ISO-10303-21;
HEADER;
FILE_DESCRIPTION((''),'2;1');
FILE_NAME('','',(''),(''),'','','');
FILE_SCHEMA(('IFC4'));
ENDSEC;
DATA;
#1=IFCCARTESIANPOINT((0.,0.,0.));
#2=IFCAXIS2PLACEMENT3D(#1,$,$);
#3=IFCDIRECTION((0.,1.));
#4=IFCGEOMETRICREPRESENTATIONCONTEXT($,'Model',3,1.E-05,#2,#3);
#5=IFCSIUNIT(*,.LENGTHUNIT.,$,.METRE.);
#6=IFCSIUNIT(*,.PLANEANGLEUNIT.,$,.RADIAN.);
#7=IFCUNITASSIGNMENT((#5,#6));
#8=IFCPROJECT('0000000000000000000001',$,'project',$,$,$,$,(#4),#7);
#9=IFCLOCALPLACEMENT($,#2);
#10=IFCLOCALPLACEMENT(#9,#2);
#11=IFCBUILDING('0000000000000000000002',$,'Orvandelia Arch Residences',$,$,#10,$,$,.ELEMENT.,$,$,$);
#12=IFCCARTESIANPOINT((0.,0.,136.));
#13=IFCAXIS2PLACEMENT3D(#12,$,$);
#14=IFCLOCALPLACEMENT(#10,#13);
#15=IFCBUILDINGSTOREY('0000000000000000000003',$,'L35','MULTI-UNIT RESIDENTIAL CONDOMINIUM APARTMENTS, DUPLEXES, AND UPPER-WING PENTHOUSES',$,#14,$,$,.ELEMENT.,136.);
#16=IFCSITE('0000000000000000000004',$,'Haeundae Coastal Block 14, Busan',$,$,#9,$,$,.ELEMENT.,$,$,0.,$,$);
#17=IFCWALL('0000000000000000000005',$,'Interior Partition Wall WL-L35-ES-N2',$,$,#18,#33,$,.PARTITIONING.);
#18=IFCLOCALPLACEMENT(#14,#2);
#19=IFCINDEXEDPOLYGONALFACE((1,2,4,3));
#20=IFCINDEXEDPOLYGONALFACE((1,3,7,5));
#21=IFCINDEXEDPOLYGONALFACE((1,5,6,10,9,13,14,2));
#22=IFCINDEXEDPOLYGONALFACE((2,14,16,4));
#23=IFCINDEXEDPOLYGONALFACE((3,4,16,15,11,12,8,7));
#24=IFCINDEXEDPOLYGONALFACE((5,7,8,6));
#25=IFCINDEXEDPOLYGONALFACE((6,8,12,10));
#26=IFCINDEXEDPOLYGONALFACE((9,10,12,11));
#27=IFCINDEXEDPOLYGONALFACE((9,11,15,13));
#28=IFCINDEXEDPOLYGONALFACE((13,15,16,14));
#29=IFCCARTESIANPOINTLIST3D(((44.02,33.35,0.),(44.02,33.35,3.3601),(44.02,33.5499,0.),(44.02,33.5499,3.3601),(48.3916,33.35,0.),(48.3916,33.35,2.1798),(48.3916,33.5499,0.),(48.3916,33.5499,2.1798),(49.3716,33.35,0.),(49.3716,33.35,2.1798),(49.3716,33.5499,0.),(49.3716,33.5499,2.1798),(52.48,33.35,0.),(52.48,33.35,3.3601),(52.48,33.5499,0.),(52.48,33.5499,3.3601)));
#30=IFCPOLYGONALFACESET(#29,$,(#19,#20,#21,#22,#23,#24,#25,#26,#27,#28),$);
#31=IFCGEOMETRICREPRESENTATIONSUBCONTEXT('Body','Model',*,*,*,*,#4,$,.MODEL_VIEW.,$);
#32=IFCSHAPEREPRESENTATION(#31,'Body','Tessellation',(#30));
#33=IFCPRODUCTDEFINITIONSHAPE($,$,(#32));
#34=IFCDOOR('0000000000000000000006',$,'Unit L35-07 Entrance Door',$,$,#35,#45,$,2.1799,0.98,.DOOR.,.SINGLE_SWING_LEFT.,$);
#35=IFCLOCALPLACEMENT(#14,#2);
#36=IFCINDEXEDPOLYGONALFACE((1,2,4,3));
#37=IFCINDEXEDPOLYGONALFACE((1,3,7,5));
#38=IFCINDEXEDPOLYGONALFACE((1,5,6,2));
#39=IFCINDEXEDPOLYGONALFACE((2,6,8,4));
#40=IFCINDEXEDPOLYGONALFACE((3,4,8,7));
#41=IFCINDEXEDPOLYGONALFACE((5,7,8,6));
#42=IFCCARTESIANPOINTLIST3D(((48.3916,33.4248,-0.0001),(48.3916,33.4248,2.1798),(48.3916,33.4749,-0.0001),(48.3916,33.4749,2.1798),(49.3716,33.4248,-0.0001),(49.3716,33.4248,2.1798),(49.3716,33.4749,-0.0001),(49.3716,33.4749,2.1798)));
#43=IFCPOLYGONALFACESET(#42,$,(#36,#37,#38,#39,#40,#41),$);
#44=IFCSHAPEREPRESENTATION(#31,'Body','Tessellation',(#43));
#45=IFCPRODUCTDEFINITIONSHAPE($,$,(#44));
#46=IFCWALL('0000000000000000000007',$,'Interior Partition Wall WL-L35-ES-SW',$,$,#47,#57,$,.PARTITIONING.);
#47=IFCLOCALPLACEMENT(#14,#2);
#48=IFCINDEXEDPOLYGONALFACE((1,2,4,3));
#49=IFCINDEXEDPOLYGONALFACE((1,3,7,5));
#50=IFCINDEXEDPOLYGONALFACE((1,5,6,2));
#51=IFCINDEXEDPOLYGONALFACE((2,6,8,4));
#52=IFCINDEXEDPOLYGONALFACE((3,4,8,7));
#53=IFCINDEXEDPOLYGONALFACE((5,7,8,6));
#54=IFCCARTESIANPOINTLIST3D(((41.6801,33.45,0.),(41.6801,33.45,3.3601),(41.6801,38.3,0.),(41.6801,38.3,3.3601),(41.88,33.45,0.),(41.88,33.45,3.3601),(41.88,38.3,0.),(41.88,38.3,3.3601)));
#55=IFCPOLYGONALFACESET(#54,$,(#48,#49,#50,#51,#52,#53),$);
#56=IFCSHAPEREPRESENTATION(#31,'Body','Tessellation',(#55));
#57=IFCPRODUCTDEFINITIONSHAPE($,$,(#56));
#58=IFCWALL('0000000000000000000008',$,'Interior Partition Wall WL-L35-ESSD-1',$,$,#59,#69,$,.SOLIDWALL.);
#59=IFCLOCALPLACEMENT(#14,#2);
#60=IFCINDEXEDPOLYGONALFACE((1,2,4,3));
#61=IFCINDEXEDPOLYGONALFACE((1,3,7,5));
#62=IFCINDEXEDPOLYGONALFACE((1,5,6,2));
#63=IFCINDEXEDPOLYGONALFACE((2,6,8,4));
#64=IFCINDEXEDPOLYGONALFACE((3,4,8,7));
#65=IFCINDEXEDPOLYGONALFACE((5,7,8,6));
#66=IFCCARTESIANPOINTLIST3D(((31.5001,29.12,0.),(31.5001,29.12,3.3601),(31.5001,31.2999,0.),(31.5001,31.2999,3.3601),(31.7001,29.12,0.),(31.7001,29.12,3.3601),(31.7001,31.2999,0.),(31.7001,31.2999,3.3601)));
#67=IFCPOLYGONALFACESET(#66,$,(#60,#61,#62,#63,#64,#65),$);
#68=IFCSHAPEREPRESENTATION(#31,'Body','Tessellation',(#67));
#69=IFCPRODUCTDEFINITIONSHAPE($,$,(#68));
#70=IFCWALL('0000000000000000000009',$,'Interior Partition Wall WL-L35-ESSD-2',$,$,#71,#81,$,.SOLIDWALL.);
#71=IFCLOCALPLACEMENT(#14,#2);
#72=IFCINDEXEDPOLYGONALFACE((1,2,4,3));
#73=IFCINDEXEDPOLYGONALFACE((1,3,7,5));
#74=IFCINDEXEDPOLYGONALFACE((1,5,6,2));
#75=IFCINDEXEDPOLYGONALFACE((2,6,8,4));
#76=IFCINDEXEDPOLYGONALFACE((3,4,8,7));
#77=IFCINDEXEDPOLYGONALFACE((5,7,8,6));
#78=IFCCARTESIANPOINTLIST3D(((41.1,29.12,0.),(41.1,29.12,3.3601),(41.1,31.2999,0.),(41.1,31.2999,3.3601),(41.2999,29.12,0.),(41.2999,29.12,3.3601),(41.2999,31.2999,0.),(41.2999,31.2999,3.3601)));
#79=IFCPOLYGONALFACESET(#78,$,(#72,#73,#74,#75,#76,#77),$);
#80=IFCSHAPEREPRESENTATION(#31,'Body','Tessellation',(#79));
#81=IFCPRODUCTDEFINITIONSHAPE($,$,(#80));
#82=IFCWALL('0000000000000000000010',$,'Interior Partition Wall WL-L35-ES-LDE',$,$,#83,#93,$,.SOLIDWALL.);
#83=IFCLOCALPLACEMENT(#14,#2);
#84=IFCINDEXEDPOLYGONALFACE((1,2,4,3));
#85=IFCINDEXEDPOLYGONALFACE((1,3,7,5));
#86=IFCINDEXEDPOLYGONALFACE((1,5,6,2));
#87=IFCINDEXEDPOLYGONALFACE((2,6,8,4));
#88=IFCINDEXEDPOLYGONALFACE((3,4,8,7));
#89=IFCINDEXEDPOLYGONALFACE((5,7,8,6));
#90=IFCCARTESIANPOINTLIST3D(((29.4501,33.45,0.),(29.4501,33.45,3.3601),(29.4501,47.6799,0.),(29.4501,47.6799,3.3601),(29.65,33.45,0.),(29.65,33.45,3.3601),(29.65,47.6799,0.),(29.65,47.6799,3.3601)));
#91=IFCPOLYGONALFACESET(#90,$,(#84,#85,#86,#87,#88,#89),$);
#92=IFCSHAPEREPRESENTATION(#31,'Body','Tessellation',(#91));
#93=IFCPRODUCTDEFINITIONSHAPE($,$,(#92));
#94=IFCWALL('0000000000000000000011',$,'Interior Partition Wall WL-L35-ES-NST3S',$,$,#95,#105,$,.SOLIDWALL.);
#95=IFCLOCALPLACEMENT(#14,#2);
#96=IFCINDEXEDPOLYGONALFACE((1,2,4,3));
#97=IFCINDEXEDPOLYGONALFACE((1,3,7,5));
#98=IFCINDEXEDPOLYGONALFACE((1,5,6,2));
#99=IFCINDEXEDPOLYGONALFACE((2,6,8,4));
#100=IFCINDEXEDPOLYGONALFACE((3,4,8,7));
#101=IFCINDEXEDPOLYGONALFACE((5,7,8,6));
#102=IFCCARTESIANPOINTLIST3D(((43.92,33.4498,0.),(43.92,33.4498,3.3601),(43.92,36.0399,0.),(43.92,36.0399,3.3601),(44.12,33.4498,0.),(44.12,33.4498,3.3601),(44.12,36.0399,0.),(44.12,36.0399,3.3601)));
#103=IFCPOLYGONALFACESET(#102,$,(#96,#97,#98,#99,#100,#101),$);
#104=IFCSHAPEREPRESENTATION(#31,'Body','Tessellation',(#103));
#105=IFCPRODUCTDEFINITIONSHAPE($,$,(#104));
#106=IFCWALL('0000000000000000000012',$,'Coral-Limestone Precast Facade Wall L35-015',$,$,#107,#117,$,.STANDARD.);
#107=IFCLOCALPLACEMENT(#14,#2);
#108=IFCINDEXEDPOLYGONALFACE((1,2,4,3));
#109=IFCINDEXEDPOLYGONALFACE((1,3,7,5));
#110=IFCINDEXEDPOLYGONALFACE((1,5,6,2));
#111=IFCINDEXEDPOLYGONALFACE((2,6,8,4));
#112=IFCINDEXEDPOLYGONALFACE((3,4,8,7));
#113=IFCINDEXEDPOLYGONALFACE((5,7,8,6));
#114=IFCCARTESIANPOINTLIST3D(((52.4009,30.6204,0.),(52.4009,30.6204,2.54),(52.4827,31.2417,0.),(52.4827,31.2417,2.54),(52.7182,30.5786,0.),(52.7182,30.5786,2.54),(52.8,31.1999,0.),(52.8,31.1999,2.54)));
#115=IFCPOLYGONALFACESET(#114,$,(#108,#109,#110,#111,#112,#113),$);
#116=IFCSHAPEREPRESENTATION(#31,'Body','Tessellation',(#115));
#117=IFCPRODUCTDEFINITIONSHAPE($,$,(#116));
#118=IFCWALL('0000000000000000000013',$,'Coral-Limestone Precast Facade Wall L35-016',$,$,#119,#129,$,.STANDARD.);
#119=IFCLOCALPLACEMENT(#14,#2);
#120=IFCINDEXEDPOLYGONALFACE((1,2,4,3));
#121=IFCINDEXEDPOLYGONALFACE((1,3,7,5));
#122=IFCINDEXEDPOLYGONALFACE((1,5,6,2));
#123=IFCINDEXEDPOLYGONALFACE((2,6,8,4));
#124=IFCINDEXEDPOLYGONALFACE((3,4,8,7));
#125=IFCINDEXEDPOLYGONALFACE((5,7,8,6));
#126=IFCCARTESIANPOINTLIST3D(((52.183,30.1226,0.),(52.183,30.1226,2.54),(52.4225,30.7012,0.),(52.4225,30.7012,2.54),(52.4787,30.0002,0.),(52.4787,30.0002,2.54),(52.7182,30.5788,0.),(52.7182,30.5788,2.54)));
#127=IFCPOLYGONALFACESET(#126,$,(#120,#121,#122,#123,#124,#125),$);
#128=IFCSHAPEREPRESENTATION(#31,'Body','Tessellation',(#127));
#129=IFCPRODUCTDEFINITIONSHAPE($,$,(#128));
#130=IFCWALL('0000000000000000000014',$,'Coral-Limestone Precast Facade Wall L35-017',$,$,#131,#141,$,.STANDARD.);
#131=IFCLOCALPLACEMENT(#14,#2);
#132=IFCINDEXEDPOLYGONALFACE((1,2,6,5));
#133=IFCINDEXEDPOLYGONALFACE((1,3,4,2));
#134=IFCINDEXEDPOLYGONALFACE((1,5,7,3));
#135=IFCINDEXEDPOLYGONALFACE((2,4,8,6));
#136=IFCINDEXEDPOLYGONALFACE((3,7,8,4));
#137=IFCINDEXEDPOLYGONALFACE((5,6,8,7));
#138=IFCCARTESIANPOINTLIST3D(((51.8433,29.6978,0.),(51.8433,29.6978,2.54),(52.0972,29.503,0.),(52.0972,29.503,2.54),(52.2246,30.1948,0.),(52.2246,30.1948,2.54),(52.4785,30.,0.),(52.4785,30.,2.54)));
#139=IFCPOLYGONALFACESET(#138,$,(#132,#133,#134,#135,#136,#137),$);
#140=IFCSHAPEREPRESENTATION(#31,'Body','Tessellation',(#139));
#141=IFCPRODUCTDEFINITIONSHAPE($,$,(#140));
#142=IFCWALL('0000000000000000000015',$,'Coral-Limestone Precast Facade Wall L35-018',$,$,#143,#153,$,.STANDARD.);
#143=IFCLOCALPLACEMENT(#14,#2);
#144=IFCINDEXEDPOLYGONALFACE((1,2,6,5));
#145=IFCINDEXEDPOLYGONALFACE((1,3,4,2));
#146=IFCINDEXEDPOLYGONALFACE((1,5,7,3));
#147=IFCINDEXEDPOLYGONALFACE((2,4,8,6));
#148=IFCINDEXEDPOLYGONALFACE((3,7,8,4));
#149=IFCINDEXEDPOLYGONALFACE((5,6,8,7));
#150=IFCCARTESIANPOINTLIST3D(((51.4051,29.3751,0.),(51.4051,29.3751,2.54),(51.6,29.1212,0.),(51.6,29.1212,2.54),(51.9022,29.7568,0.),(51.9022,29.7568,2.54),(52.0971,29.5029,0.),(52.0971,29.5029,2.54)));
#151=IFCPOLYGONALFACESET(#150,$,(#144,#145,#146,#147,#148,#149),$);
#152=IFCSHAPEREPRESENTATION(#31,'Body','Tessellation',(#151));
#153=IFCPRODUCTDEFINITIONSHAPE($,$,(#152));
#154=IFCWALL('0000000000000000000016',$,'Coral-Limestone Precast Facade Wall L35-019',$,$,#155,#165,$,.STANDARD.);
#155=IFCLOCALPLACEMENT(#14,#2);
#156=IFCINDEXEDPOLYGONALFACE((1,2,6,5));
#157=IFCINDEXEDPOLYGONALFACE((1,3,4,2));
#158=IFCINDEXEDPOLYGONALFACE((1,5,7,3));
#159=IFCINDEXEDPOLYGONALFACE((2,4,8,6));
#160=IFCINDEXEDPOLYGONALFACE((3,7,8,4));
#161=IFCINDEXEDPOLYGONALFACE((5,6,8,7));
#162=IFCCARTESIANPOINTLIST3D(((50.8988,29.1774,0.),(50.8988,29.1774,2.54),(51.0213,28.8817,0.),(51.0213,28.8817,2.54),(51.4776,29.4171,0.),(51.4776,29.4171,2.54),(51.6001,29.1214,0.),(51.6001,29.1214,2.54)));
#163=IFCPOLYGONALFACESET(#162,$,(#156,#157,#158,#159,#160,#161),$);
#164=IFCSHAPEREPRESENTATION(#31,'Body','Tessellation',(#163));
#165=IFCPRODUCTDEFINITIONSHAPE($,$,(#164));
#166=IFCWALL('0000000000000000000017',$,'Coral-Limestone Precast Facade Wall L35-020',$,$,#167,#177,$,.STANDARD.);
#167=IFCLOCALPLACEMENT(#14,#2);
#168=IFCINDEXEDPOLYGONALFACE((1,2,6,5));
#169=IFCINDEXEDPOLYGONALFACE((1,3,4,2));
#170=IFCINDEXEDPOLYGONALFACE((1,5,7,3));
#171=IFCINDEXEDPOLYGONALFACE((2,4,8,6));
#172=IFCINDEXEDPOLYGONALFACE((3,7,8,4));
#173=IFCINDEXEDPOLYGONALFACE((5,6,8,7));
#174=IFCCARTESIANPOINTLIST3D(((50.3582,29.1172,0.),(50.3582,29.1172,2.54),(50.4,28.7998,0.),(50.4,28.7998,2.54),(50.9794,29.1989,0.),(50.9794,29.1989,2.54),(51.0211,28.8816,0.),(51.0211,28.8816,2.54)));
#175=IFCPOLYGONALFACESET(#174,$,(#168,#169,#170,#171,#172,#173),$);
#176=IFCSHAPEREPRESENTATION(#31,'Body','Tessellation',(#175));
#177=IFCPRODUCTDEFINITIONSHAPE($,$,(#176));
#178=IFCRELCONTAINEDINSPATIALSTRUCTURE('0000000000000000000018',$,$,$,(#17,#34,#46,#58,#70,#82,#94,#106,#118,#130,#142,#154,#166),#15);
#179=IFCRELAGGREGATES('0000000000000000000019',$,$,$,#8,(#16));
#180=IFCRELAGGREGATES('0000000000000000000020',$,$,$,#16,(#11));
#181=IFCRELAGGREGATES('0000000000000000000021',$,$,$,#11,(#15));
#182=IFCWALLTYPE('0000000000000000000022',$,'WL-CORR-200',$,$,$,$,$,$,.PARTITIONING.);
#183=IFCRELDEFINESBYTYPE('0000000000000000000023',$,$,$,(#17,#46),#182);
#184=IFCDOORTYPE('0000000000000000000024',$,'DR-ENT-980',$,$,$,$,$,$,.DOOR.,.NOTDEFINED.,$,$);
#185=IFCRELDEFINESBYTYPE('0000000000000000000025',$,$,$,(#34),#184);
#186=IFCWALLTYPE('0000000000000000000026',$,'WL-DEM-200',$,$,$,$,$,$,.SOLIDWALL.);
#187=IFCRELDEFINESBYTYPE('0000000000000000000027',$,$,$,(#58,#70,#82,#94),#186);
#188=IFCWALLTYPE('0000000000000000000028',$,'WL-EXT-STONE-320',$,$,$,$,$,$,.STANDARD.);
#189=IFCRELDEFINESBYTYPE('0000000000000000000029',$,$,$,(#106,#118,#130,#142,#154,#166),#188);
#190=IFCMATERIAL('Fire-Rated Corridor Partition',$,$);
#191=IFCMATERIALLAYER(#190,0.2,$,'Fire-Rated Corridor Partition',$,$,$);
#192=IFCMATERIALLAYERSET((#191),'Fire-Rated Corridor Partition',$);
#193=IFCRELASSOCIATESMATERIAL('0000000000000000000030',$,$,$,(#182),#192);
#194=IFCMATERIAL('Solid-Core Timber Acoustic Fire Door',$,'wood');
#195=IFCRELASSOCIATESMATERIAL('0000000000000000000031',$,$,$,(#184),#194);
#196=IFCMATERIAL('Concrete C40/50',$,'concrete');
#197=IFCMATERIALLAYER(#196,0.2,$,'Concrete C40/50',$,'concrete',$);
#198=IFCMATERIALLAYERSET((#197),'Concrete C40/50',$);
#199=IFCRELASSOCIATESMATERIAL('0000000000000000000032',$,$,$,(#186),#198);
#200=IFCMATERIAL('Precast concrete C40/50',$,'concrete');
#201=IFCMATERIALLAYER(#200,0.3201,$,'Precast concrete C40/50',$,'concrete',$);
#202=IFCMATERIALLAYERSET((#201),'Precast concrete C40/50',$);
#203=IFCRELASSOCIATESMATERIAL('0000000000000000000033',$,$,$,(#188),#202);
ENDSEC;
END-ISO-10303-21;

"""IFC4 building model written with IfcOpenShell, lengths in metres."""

from ifc_helpers import new_model, si_unit, direction, frame, frame_2d, origin, place, context, subcontext, project, spatial, rectangle, extrude, material, layer, layer_set, type_object, element, fill, save


model = new_model("IFC4")

# Units and contexts
model_context = context("Model", 3, precision=1e-05, world=origin(), true_north=direction((0.0, 1.0)))
body_context = subcontext(model_context, "Body", "Model", "MODEL_VIEW")
ifc_project = project(units=[si_unit("LENGTHUNIT", "METRE"), si_unit("PLANEANGLEUNIT", "RADIAN")], contexts=[model_context])

# Site, building, storey
site_placement = place(None, origin())
site = spatial("IfcSite", under=ifc_project, at=site_placement, Name="Haeundae Coastal Block 14, Busan", CompositionType="ELEMENT", RefElevation=0.0)
building_placement = place(site_placement, origin())
building = spatial("IfcBuilding", under=site, at=building_placement, Name="Orvandelia Arch Residences", CompositionType="ELEMENT")
storey_placement = place(building_placement, frame((0.0, 0.0, 136.0)))
storey = spatial("IfcBuildingStorey", under=building, at=storey_placement, Name="L35", Description="MULTI-UNIT RESIDENTIAL CONDOMINIUM APARTMENTS, DUPLEXES, AND UPPER-WING PENTHOUSES", CompositionType="ELEMENT", Elevation=136.0)

# Wall, opening, door
ifc_material_1 = material(Name="Fire-Rated Corridor Partition")
ifc_layer_1 = layer(ifc_material_1, 0.2, Name="Fire-Rated Corridor Partition")
ifc_layer_set_1 = layer_set([ifc_layer_1], Name="Fire-Rated Corridor Partition")
wall_type_1 = type_object("IfcWallType", Name="WL-CORR-200", PredefinedType="PARTITIONING", material=ifc_layer_set_1)
wall_1_placement = place(storey_placement, frame((44.02, 33.45, 0.0), z_axis=(0.0, 0.0, 1.0), x_axis=(1.0, 0.0, 0.0)))
wall_1 = element("IfcWall", 1, at=wall_1_placement, inside=storey, type_object=wall_type_1, Name="Interior Partition Wall WL-L35-ES-N2", PredefinedType="PARTITIONING", context=body_context, shape_type="SweptSolid", body=[
    extrude(rectangle(XDim=8.46, YDim=0.2, at=frame_2d((4.23, 0.0))), origin(), (0.0, 0.0, 1.0), 3.3601),
])
opening_1_placement = place(wall_1_placement, frame((4.3716, 0.0, 0.0)))
opening_1 = element("IfcOpeningElement", 2, at=opening_1_placement, cuts=wall_1, PredefinedType="OPENING", context=body_context, shape_type="SweptSolid", body=[
    extrude(rectangle(XDim=0.98, YDim=2.1799, at=frame_2d((0.49, 1.0898))), frame((0.0, 0.1099, 0.0), z_axis=(0.0, -1.0, 0.0), x_axis=(1.0, 0.0, 0.0)), (0.0, 0.0, 1.0), 0.22),
])
ifc_material_2 = material(Name="Solid-Core Timber Acoustic Fire Door", Category="wood")
door_type = type_object("IfcDoorType", Name="DR-ENT-980", OperationType="NOTDEFINED", PredefinedType="DOOR", material=ifc_material_2)
door_placement = place(opening_1_placement, origin())
door = element("IfcDoor", 3, at=door_placement, inside=storey, type_object=door_type, Name="Unit L35-07 Entrance Door", OperationType="SINGLE_SWING_LEFT", OverallHeight=2.1799, OverallWidth=0.98, PredefinedType="DOOR", context=body_context, shape_type="SweptSolid", body=[
    extrude(rectangle(XDim=0.98, YDim=2.1799, at=frame_2d((0.49, 1.0898))), frame((0.0, 0.0249, 0.0), z_axis=(0.0, -1.0, 0.0), x_axis=(1.0, 0.0, 0.0)), (0.0, 0.0, 1.0), 0.05),
])
fill(opening_1, door)

# Walls
wall_2_placement = place(storey_placement, frame((41.78, 33.45, 0.0), z_axis=(0.0, 0.0, 1.0), x_axis=(0.0, 1.0, 0.0)))
element("IfcWall", 4, at=wall_2_placement, inside=storey, type_object=wall_type_1, Name="Interior Partition Wall WL-L35-ES-SW", PredefinedType="PARTITIONING", context=body_context, shape_type="SweptSolid", body=[
    extrude(rectangle(XDim=4.8501, YDim=0.2, at=frame_2d((2.425, 0.0))), origin(), (0.0, 0.0, 1.0), 3.3601),
])
ifc_material_3 = material(Name="Concrete C40/50", Category="concrete")
ifc_layer_2 = layer(ifc_material_3, 0.2, Name="Concrete C40/50", Category="concrete")
ifc_layer_set_2 = layer_set([ifc_layer_2], Name="Concrete C40/50")
wall_type_2 = type_object("IfcWallType", Name="WL-DEM-200", PredefinedType="SOLIDWALL", material=ifc_layer_set_2)
for number, where, z_axis, x_axis, name in (
    (5, (31.6001, 29.1201, 0.0), (0.0, 0.0, 1.0), (0.0, 1.0, 0.0), "Interior Partition Wall WL-L35-ESSD-1"),
    (6, (41.2, 29.1201, 0.0), (0.0, 0.0, 1.0), (0.0, 1.0, 0.0), "Interior Partition Wall WL-L35-ESSD-2"),
):
    element("IfcWall", number, at=place(storey_placement, frame(where, z_axis=z_axis, x_axis=x_axis)), inside=storey, type_object=wall_type_2, Name=name, PredefinedType="SOLIDWALL", context=body_context, shape_type="SweptSolid", body=[
        extrude(rectangle(XDim=2.1799, YDim=0.2, at=frame_2d((1.0898, 0.0))), origin(), (0.0, 0.0, 1.0), 3.3601),
    ])
wall_3_placement = place(storey_placement, frame((29.55, 33.45, 0.0), z_axis=(0.0, 0.0, 1.0), x_axis=(0.0, 1.0, 0.0)))
element("IfcWall", 7, at=wall_3_placement, inside=storey, type_object=wall_type_2, Name="Interior Partition Wall WL-L35-ES-LDE", PredefinedType="SOLIDWALL", context=body_context, shape_type="SweptSolid", body=[
    extrude(rectangle(XDim=14.23, YDim=0.2, at=frame_2d((7.115, 0.0))), origin(), (0.0, 0.0, 1.0), 3.3601),
])
wall_4_placement = place(storey_placement, frame((44.02, 33.45, 0.0), z_axis=(0.0, 0.0, 1.0), x_axis=(0.0, 1.0, 0.0)))
element("IfcWall", 8, at=wall_4_placement, inside=storey, type_object=wall_type_2, Name="Interior Partition Wall WL-L35-ES-NST3S", PredefinedType="SOLIDWALL", context=body_context, shape_type="SweptSolid", body=[
    extrude(rectangle(XDim=2.5901, YDim=0.2, at=frame_2d((1.2949, 0.0))), origin(), (0.0, 0.0, 1.0), 3.3601),
])
ifc_material_4 = material(Name="Precast concrete C40/50", Category="concrete")
ifc_layer_3 = layer(ifc_material_4, 0.3201, Name="Precast concrete C40/50", Category="concrete")
ifc_layer_set_3 = layer_set([ifc_layer_3], Name="Precast concrete C40/50")
wall_type_3 = type_object("IfcWallType", Name="WL-EXT-STONE-320", PredefinedType="STANDARD", material=ifc_layer_set_3)
wall_5_placement = place(storey_placement, frame((52.6414, 31.2209, 0.0), z_axis=(0.0, 0.0, 1.0), x_axis=(-0.130505, -0.991448, 0.0)))
element("IfcWall", 9, at=wall_5_placement, inside=storey, type_object=wall_type_3, Name="Coral-Limestone Precast Facade Wall L35-015", PredefinedType="STANDARD", context=body_context, shape_type="SweptSolid", body=[
    extrude(rectangle(XDim=0.6267, YDim=0.3201, at=frame_2d((0.3135, 0.0))), origin(), (0.0, 0.0, 1.0), 2.54),
])
wall_6_placement = place(storey_placement, frame((52.5703, 30.6399, 0.0), z_axis=(0.0, 0.0, 1.0), x_axis=(-0.382455, -0.923974, 0.0)))
element("IfcWall", 10, at=wall_6_placement, inside=storey, type_object=wall_type_3, Name="Coral-Limestone Precast Facade Wall L35-016", PredefinedType="STANDARD", context=body_context, shape_type="SweptSolid", body=[
    extrude(rectangle(XDim=0.6262, YDim=0.3201, at=frame_2d((0.313, 0.0))), origin(), (0.0, 0.0, 1.0), 2.54),
])
wall_7_placement = place(storey_placement, frame((52.3516, 30.0974, 0.0), z_axis=(0.0, 0.0, 1.0), x_axis=(-0.608693, -0.793406, 0.0)))
element("IfcWall", 11, at=wall_7_placement, inside=storey, type_object=wall_type_3, Name="Coral-Limestone Precast Facade Wall L35-017", PredefinedType="STANDARD", context=body_context, shape_type="SweptSolid", body=[
    extrude(rectangle(XDim=0.6265, YDim=0.3201, at=frame_2d((0.3132, 0.0))), origin(), (0.0, 0.0, 1.0), 2.54),
])
wall_8_placement = place(storey_placement, frame((51.9998, 29.6299, 0.0), z_axis=(0.0, 0.0, 1.0), x_axis=(-0.793217, -0.608939, 0.0)))
element("IfcWall", 12, at=wall_8_placement, inside=storey, type_object=wall_type_3, Name="Coral-Limestone Precast Facade Wall L35-018", PredefinedType="STANDARD", context=body_context, shape_type="SweptSolid", body=[
    extrude(rectangle(XDim=0.6267, YDim=0.3201, at=frame_2d((0.3135, 0.0))), origin(), (0.0, 0.0, 1.0), 2.54),
])
for number, where, z_axis, x_axis, name in (
    (13, (51.5388, 29.2693, 0.0), (0.0, 0.0, 1.0), (-0.923893, -0.38265, 0.0), "Coral-Limestone Precast Facade Wall L35-019"),
    (14, (51.0002, 29.0403, 0.0), (0.0, 0.0, 1.0), (-0.991441, -0.130555, 0.0), "Coral-Limestone Precast Facade Wall L35-020"),
):
    element("IfcWall", number, at=place(storey_placement, frame(where, z_axis=z_axis, x_axis=x_axis)), inside=storey, type_object=wall_type_3, Name=name, PredefinedType="STANDARD", context=body_context, shape_type="SweptSolid", body=[
        extrude(rectangle(XDim=0.6265, YDim=0.3201, at=frame_2d((0.3132, 0.0))), origin(), (0.0, 0.0, 1.0), 2.54),
    ])

save(model, "model.ifc")
